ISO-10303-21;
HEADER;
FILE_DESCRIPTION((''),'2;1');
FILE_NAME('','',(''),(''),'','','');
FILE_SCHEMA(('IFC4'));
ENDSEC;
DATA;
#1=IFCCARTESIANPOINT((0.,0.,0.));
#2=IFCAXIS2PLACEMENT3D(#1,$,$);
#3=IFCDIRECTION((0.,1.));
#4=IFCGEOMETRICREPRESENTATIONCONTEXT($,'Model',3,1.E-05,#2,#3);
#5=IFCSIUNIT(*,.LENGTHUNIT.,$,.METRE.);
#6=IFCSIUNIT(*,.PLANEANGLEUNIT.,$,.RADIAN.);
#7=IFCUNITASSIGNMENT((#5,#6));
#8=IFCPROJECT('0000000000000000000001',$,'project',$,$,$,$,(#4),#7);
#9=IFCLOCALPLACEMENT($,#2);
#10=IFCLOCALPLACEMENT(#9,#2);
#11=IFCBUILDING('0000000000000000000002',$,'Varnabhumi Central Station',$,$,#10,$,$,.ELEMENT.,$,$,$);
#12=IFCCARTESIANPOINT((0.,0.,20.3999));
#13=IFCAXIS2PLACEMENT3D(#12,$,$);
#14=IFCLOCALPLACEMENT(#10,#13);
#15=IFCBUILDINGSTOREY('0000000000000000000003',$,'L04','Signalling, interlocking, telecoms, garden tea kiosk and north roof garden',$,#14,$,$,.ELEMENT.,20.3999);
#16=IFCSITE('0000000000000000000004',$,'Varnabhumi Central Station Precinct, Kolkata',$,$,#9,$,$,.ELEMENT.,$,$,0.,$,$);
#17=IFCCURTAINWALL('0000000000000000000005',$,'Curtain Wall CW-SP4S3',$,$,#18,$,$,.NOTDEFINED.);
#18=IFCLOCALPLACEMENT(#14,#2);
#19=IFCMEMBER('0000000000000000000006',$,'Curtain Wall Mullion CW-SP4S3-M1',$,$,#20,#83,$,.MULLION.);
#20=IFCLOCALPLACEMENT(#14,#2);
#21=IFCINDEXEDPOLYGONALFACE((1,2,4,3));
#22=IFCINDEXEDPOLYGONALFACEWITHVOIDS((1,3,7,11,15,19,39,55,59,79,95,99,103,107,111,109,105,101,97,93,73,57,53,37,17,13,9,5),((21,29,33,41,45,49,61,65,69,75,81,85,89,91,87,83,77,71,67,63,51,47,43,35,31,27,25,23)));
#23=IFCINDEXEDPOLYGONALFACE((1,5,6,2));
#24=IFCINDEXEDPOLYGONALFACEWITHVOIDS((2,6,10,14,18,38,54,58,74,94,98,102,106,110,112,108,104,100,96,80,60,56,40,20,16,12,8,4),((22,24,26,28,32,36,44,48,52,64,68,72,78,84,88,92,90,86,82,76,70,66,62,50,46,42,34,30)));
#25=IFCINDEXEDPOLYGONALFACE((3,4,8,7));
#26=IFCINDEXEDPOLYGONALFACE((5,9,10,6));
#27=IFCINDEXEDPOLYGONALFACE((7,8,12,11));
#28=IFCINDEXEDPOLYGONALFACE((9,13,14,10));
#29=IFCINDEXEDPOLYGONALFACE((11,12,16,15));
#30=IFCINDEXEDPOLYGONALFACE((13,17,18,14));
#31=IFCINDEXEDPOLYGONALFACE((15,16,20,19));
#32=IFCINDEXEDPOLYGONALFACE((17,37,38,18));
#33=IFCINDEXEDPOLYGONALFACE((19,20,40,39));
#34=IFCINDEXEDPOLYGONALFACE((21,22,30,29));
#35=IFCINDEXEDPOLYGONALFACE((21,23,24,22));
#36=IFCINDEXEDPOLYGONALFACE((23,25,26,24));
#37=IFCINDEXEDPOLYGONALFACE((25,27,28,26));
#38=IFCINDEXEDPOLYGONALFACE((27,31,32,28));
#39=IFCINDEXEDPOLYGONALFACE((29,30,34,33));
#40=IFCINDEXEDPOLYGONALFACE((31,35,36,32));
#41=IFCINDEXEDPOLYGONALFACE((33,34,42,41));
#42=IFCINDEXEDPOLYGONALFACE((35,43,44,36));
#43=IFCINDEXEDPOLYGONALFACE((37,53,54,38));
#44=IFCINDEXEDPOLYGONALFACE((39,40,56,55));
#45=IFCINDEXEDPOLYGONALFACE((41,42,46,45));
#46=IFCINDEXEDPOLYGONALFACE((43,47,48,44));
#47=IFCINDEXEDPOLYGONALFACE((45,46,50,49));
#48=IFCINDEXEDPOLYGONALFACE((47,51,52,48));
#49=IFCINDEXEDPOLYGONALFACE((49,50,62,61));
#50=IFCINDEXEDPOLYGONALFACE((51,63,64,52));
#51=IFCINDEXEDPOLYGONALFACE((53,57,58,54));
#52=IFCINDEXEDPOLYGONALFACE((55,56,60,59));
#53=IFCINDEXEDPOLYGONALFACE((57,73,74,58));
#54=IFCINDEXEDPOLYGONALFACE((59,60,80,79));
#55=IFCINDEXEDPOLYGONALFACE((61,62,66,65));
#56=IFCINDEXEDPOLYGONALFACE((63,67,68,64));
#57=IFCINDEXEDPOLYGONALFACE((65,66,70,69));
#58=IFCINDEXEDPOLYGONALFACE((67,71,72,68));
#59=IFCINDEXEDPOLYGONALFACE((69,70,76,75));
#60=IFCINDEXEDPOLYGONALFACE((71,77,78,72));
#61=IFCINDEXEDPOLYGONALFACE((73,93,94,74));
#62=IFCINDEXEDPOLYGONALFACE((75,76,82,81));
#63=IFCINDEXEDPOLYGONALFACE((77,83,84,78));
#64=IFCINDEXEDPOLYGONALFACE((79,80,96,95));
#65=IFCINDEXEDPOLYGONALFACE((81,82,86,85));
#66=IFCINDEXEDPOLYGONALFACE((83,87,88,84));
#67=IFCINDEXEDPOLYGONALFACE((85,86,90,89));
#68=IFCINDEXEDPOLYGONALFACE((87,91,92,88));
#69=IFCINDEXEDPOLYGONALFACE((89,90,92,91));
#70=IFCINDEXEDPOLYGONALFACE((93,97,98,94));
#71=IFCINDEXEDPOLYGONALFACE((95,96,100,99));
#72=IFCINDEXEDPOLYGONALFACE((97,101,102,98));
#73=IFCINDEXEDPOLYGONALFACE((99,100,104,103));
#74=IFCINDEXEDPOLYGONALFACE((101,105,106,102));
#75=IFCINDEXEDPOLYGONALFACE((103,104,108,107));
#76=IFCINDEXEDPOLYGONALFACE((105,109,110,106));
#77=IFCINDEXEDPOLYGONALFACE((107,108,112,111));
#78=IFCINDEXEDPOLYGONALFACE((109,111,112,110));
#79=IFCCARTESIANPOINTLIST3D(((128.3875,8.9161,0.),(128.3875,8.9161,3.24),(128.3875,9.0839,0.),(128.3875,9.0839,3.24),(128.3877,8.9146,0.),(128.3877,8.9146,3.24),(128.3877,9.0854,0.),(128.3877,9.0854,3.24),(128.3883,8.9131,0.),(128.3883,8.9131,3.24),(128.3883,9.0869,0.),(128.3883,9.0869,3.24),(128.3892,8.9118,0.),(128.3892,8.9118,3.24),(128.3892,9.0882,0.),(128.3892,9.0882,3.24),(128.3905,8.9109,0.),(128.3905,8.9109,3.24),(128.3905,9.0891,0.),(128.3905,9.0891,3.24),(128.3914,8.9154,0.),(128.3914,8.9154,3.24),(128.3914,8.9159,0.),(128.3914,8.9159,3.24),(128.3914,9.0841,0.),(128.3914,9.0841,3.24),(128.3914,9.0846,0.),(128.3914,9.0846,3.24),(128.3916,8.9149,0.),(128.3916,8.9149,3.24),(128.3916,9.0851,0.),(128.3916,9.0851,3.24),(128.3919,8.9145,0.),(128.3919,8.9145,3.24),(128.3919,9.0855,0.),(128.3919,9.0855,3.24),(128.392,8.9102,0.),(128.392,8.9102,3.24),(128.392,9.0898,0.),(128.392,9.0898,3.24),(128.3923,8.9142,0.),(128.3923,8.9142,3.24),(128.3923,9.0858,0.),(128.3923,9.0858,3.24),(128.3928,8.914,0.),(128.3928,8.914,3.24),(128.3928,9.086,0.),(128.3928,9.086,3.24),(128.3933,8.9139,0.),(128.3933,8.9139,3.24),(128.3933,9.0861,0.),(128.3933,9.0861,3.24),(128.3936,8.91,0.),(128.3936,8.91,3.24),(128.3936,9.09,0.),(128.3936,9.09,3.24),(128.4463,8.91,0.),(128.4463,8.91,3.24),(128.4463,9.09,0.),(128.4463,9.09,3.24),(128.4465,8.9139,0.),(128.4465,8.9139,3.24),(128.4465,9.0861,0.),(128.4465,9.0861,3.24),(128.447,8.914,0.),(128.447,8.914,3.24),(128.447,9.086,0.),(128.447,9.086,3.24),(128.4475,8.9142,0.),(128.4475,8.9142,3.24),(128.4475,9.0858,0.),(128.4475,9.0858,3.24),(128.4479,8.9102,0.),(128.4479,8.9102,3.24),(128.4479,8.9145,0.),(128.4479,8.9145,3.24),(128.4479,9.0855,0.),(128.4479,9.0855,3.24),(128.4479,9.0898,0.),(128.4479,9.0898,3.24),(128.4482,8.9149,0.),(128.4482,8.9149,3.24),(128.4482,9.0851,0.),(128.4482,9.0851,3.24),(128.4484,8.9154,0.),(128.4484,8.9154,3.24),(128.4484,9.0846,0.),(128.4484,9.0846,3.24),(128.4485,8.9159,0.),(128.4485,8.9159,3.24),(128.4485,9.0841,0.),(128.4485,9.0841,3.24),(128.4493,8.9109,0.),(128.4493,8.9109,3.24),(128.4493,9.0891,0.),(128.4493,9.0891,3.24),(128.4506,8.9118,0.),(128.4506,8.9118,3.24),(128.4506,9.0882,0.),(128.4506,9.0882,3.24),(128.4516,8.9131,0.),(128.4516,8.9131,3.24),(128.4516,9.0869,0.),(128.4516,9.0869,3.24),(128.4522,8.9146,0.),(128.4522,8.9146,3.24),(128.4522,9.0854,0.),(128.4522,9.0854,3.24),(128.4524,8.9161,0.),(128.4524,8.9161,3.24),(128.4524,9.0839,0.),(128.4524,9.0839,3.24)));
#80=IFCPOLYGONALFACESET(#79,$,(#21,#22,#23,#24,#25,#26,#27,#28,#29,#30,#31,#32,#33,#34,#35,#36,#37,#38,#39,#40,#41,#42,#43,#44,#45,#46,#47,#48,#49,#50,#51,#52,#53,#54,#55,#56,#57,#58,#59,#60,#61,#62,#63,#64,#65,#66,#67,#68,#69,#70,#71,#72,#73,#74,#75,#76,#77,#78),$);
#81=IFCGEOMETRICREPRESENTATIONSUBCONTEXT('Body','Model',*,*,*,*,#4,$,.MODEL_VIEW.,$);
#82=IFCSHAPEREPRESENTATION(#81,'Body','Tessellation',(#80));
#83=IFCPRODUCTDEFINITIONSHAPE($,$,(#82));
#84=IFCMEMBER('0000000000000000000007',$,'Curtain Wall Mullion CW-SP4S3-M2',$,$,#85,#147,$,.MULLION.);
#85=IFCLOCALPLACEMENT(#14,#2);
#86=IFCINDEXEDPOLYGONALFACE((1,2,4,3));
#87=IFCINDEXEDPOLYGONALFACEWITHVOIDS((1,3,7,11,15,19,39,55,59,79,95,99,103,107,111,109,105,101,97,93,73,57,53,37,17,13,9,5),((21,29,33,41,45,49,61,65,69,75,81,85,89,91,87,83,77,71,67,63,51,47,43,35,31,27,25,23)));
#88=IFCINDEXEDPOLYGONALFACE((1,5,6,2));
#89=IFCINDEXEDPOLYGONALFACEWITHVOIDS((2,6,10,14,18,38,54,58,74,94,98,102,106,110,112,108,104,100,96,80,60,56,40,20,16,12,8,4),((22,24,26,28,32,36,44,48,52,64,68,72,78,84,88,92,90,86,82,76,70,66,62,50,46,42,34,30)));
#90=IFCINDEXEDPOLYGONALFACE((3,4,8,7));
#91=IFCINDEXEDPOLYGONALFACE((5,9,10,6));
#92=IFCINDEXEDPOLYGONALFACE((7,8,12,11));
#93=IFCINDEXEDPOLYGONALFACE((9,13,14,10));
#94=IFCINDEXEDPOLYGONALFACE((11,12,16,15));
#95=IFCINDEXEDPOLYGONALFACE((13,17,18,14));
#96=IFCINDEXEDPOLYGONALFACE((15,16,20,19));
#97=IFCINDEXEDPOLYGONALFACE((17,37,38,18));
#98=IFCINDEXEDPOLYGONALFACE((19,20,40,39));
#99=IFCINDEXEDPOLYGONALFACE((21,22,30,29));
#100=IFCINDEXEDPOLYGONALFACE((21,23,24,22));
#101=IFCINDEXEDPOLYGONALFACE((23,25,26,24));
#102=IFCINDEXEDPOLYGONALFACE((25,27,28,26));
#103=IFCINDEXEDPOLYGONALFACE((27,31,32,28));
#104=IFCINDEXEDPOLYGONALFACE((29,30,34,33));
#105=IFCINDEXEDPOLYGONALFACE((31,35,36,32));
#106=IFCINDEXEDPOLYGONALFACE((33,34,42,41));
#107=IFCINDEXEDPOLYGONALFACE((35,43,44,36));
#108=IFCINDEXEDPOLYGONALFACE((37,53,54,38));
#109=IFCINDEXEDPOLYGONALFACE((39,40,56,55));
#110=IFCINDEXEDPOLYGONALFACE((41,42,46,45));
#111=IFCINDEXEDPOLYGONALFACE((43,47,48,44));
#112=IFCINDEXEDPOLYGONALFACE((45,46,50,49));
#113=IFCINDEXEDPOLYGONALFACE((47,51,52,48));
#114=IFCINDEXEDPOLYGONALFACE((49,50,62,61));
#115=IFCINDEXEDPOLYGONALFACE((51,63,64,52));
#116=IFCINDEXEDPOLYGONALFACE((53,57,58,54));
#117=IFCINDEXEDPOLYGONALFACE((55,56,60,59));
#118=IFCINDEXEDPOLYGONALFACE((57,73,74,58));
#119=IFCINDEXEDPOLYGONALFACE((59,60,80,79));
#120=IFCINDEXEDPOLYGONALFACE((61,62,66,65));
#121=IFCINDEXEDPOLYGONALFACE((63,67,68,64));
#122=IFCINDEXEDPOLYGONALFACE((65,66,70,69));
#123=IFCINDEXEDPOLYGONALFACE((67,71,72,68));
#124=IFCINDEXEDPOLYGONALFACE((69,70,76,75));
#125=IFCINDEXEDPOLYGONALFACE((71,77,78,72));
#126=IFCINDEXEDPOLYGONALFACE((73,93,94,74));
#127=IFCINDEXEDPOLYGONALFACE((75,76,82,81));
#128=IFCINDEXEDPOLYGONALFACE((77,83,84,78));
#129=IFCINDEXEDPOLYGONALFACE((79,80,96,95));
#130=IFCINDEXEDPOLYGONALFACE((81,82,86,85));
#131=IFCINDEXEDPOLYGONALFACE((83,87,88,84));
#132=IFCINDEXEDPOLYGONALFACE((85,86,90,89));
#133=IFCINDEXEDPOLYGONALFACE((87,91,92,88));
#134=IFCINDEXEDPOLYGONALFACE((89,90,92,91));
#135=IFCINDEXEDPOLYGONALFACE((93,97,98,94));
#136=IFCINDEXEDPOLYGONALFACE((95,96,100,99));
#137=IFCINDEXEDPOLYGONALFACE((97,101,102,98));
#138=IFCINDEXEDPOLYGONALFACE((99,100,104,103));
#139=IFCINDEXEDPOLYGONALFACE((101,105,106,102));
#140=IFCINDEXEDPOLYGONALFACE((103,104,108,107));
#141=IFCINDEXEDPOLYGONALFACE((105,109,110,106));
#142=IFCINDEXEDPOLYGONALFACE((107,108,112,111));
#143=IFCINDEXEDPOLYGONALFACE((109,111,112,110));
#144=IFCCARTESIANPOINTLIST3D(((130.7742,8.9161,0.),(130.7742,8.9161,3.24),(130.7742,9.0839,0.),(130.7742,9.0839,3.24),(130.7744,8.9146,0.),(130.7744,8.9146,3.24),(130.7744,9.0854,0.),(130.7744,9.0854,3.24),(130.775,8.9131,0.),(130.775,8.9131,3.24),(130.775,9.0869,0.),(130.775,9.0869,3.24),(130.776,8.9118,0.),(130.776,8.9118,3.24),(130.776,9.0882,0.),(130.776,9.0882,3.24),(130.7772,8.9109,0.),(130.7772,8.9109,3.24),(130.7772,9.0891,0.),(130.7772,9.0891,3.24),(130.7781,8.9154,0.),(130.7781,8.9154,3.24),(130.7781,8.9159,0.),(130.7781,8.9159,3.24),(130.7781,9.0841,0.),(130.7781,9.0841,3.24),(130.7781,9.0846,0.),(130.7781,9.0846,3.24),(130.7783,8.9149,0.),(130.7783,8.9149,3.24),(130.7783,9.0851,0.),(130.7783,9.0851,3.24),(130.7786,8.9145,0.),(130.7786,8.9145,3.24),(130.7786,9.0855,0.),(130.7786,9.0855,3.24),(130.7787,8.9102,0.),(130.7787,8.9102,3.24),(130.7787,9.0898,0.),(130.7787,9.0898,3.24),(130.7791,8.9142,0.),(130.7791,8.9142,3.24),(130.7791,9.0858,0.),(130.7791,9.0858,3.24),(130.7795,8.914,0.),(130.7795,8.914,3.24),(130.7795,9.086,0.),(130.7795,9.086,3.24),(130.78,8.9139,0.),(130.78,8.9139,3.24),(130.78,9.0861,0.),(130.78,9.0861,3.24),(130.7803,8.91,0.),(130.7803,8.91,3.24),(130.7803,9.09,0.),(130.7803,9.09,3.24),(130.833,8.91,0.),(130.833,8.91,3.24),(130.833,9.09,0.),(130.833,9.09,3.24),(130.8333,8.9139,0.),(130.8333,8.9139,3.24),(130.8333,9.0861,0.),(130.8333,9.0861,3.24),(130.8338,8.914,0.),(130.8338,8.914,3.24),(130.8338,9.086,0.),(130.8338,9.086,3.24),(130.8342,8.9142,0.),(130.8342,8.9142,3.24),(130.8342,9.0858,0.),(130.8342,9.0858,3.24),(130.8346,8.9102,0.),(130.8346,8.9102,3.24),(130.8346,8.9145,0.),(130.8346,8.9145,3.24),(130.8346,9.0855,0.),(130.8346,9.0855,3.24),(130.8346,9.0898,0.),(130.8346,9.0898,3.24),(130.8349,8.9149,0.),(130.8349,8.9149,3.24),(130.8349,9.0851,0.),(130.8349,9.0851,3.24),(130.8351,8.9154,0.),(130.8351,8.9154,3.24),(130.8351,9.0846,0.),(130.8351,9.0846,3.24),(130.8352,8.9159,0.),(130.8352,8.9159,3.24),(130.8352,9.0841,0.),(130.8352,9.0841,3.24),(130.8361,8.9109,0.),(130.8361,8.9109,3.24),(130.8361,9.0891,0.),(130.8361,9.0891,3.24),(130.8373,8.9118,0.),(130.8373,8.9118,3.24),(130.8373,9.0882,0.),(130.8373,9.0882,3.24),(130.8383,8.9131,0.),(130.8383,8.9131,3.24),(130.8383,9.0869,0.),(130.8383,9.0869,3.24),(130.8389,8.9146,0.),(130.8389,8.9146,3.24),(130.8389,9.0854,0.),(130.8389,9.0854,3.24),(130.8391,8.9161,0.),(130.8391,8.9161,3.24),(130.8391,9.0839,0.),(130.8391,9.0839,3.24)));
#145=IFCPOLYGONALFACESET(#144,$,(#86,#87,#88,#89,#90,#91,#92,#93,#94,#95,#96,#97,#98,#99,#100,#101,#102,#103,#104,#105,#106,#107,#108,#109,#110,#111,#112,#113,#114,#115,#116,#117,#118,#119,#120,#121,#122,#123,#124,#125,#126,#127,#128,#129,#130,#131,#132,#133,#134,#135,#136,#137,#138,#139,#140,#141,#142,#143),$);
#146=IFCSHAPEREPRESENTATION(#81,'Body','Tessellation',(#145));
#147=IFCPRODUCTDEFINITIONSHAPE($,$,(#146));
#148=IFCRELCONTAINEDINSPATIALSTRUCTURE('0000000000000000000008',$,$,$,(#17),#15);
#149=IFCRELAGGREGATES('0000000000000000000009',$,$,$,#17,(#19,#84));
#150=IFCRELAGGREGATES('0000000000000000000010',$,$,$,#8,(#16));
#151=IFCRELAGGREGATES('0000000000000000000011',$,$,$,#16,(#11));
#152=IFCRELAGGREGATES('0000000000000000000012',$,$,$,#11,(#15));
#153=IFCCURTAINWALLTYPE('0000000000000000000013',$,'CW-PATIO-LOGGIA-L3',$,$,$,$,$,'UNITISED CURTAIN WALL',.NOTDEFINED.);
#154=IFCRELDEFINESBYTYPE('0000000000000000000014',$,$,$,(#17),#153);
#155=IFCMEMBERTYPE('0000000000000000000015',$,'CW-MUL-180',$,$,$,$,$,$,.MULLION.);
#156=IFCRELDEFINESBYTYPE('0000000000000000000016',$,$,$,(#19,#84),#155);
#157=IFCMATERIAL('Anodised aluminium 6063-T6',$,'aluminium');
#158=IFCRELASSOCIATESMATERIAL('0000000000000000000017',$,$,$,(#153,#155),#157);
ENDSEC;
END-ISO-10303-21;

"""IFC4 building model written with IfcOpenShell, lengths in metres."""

from ifc_helpers import new_model, si_unit, direction, frame, origin, origin_2d, place, context, subcontext, project, spatial, hollow_rectangle, extrude, material, material_profile, profile_set, type_object, element, aggregate, save


model = new_model("IFC4")

# Units and contexts
model_context = context("Model", 3, precision=1e-05, world=origin(), true_north=direction((0.0, 1.0)))
body_context = subcontext(model_context, "Body", "Model", "MODEL_VIEW")
ifc_project = project(units=[si_unit("LENGTHUNIT", "METRE"), si_unit("PLANEANGLEUNIT", "RADIAN")], contexts=[model_context])

# Site, building, storey
site_placement = place(None, origin())
site = spatial("IfcSite", under=ifc_project, at=site_placement, Name="Varnabhumi Central Station Precinct, Kolkata", CompositionType="ELEMENT", RefElevation=0.0)
building_placement = place(site_placement, origin())
building = spatial("IfcBuilding", under=site, at=building_placement, Name="Varnabhumi Central Station", CompositionType="ELEMENT")
storey_placement = place(building_placement, frame((0.0, 0.0, 20.3999)))
storey = spatial("IfcBuildingStorey", under=building, at=storey_placement, Name="L04", Description="Signalling, interlocking, telecoms, garden tea kiosk and north roof garden", CompositionType="ELEMENT", Elevation=20.3999)

# Shared definitions
ifc_material_1 = material(Name="Anodised aluminium 6063-T6", Category="aluminium")
curtain_wall_type = type_object("IfcCurtainWallType", Name="CW-PATIO-LOGGIA-L3", ElementType="UNITISED CURTAIN WALL", PredefinedType="NOTDEFINED", material=ifc_material_1)
ifc_material_profile_1 = material_profile(ifc_material_1, hollow_rectangle(XDim=0.0649, YDim=0.1799, WallThickness=0.0039, InnerFilletRadius=0.002, OuterFilletRadius=0.0061, at=origin_2d()), Name="Anodised aluminium 6063-T6", Category="aluminium")
ifc_profile_set_1 = profile_set([ifc_material_profile_1], Name="Anodised aluminium 6063-T6")
member_type_1 = type_object("IfcMemberType", Name="CW-MUL-180", PredefinedType="MULLION", material=ifc_profile_set_1)

# Curtain wall, members
curtain_wall_1_placement = place(storey_placement, origin())
curtain_wall_1 = element("IfcCurtainWall", 1, at=curtain_wall_1_placement, inside=storey, type_object=curtain_wall_type, Name="Curtain Wall CW-SP4S3", PredefinedType="NOTDEFINED")
member_1_placement = place(storey_placement, frame((128.4199, 9.0, 0.0), z_axis=(0.0, 0.0, 1.0), x_axis=(1.0, 0.0, 0.0)))
member_1 = element("IfcMember", 2, at=member_1_placement, type_object=member_type_1, Name="Curtain Wall Mullion CW-SP4S3-M1", PredefinedType="MULLION", context=body_context, shape_type="SweptSolid", body=[
    extrude(hollow_rectangle(XDim=0.0649, YDim=0.1799, WallThickness=0.0039, InnerFilletRadius=0.002, OuterFilletRadius=0.0061, at=origin_2d()), origin(), (0.0, 0.0, 1.0), 3.24),
])
member_2_placement = place(storey_placement, frame((130.8066, 9.0, 0.0), z_axis=(0.0, 0.0, 1.0), x_axis=(1.0, 0.0, 0.0)))
member_2 = element("IfcMember", 3, at=member_2_placement, type_object=member_type_1, Name="Curtain Wall Mullion CW-SP4S3-M2", PredefinedType="MULLION", context=body_context, shape_type="SweptSolid", body=[
    extrude(hollow_rectangle(XDim=0.0649, YDim=0.1799, WallThickness=0.0039, InnerFilletRadius=0.002, OuterFilletRadius=0.0061, at=origin_2d()), origin(), (0.0, 0.0, 1.0), 3.24),
])
aggregate(curtain_wall_1, [member_1, member_2])

save(model, "model.ifc")
